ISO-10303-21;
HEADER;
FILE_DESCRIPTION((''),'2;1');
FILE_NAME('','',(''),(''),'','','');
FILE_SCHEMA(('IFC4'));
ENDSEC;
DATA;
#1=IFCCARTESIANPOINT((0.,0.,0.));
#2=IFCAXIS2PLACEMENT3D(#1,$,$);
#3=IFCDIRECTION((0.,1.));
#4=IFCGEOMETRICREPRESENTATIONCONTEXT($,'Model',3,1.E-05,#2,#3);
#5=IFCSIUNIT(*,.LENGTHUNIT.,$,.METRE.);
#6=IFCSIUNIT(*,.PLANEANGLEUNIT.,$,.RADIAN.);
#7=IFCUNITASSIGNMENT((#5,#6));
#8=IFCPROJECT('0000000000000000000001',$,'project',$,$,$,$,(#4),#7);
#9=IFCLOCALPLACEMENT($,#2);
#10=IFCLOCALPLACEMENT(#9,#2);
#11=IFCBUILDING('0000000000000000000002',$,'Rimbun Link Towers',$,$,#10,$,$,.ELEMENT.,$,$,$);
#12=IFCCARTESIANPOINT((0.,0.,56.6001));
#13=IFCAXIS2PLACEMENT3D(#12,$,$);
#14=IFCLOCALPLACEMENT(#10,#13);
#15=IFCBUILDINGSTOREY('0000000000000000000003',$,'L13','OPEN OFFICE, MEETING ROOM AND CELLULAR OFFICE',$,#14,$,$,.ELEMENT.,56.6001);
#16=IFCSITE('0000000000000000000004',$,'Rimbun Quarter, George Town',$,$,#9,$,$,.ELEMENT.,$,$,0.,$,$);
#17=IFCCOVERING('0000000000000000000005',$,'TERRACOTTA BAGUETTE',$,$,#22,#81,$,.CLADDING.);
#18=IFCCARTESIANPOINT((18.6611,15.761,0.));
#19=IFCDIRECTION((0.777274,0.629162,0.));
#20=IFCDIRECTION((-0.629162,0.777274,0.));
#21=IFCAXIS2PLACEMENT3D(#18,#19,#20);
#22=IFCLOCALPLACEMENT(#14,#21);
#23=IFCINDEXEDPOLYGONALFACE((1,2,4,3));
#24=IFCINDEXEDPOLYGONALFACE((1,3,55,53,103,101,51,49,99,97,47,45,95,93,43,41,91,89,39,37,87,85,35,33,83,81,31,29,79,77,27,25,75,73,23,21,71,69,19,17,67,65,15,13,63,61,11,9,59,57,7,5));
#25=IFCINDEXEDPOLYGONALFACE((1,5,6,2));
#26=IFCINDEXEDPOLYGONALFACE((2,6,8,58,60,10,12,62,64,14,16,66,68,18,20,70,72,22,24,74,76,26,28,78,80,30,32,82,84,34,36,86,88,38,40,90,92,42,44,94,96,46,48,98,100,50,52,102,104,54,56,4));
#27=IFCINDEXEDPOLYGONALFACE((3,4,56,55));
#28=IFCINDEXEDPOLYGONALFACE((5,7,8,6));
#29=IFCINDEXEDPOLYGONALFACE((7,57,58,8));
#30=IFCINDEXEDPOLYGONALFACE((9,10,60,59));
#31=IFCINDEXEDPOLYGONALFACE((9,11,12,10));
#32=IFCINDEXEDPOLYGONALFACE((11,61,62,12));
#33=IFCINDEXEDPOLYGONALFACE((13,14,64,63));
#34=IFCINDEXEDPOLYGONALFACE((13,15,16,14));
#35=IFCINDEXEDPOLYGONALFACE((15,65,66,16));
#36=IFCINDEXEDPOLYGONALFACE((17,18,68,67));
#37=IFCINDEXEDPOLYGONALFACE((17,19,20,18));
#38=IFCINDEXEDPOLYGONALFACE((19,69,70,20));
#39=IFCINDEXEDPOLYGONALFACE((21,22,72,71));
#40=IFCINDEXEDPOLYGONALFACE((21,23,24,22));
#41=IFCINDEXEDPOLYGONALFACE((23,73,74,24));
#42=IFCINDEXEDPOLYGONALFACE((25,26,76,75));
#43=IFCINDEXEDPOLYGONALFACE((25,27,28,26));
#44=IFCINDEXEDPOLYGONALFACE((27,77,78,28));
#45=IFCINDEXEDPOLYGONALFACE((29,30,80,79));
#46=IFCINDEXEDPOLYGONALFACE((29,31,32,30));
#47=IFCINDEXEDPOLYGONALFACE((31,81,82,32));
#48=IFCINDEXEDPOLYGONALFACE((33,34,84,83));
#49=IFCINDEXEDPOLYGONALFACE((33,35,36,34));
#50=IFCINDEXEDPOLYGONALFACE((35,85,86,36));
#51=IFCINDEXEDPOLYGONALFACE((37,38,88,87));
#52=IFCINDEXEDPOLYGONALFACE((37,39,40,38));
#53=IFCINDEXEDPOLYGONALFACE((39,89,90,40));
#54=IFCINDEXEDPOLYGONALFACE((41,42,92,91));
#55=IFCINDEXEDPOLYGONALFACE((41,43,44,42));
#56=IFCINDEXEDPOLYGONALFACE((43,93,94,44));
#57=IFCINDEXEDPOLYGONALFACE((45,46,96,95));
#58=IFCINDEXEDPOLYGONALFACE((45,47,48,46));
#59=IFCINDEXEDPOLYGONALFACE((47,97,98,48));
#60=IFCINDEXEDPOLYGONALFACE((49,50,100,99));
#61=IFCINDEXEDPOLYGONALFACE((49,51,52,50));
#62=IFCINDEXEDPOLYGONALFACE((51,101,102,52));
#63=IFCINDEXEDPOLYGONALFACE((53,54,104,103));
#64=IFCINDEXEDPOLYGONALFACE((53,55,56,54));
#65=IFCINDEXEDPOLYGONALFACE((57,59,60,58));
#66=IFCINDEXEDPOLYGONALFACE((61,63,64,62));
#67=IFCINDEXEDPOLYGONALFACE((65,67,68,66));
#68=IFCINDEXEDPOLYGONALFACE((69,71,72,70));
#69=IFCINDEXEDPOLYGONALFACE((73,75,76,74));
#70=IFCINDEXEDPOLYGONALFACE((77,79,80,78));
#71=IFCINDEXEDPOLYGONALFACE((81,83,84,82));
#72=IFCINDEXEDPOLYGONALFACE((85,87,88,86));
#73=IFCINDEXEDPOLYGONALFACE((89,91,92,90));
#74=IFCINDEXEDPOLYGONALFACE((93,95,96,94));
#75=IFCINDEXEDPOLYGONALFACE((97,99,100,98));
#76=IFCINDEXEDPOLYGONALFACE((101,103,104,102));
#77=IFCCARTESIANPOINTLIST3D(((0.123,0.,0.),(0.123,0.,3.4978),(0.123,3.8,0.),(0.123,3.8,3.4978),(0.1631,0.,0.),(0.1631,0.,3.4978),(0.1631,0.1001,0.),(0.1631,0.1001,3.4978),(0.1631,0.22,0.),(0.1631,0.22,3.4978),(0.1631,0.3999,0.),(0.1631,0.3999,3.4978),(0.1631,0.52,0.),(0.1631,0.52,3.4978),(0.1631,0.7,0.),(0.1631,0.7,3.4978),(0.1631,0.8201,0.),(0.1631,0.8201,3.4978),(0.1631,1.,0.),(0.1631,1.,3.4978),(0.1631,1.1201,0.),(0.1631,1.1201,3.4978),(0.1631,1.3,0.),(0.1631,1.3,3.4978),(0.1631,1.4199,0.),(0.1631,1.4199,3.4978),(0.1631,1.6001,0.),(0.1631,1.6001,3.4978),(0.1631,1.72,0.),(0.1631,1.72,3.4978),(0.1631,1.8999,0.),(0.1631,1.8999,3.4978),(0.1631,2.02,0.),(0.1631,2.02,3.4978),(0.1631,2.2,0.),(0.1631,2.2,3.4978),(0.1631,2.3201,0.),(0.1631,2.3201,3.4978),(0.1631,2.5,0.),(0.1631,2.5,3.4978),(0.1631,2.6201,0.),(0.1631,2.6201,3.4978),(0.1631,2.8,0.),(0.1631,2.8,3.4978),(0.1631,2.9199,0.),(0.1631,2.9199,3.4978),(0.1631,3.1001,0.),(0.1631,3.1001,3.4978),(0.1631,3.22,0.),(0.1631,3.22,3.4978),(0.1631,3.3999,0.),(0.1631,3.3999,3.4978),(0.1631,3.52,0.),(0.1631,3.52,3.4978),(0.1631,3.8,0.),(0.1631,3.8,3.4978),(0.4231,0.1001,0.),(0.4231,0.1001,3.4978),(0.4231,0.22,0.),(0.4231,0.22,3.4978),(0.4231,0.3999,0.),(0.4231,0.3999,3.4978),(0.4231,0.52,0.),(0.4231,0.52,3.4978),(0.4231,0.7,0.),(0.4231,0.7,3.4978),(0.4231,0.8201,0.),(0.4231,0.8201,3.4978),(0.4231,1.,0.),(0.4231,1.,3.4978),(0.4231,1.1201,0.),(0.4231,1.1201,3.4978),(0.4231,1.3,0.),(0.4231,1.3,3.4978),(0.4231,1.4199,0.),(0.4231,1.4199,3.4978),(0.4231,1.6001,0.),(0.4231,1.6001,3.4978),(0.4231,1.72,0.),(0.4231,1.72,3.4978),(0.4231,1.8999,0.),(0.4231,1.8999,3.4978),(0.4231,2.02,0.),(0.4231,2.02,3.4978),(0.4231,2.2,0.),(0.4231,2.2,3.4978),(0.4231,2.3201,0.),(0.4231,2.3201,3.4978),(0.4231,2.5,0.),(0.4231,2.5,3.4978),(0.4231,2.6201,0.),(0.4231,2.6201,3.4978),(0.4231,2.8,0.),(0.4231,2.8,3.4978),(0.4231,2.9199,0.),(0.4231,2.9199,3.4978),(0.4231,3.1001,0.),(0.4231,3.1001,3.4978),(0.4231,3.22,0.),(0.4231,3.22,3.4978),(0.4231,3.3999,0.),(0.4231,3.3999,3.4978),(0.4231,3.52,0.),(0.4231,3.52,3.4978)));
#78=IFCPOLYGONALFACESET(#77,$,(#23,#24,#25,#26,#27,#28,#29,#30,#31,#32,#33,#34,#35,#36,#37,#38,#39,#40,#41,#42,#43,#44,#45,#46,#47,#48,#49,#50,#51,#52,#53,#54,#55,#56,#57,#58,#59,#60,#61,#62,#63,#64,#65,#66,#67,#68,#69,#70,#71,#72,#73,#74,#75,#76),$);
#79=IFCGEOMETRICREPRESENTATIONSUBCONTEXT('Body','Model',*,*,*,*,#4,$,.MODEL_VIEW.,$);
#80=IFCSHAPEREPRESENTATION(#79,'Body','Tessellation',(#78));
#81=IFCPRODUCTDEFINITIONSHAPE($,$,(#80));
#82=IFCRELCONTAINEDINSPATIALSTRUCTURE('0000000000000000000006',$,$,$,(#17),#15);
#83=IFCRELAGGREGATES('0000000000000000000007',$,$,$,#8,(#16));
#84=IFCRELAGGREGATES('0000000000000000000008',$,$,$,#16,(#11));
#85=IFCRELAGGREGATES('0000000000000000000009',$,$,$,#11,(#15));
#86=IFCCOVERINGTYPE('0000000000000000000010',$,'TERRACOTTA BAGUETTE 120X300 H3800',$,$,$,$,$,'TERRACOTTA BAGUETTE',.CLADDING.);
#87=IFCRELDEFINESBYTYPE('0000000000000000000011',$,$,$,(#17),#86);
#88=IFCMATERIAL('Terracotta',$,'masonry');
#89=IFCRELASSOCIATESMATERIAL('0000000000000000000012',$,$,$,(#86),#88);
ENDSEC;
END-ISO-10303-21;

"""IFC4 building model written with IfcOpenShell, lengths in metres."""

from ifc_helpers import new_model, si_unit, direction, frame, origin, place, context, subcontext, project, spatial, polyline, outline, extrude, material, material_profile, profile_set, type_object, element, save


model = new_model("IFC4")

# Units and contexts
model_context = context("Model", 3, precision=1e-05, world=origin(), true_north=direction((0.0, 1.0)))
body_context = subcontext(model_context, "Body", "Model", "MODEL_VIEW")
ifc_project = project(units=[si_unit("LENGTHUNIT", "METRE"), si_unit("PLANEANGLEUNIT", "RADIAN")], contexts=[model_context])

# Site, building, storey
site_placement = place(None, origin())
site = spatial("IfcSite", under=ifc_project, at=site_placement, Name="Rimbun Quarter, George Town", CompositionType="ELEMENT", RefElevation=0.0)
building_placement = place(site_placement, origin())
building = spatial("IfcBuilding", under=site, at=building_placement, Name="Rimbun Link Towers", CompositionType="ELEMENT")
storey_placement = place(building_placement, frame((0.0, 0.0, 56.6001)))
storey = spatial("IfcBuildingStorey", under=building, at=storey_placement, Name="L13", Description="OPEN OFFICE, MEETING ROOM AND CELLULAR OFFICE", CompositionType="ELEMENT", Elevation=56.6001)

# Covering
ifc_material_1 = material(Name="Terracotta", Category="masonry")
ifc_material_profile_1 = material_profile(ifc_material_1, outline(polyline([(0.123, 0.0), (0.1631, 0.0), (0.1631, 0.1001), (0.4231, 0.1001), (0.4231, 0.22), (0.1631, 0.22), (0.1631, 0.3999), (0.4231, 0.3999), (0.4231, 0.52), (0.1631, 0.52), (0.1631, 0.7), (0.4231, 0.7), (0.4231, 0.8201), (0.1631, 0.8201), (0.1631, 1.0), (0.4231, 1.0), (0.4231, 1.1201), (0.1631, 1.1201), (0.1631, 1.3), (0.4231, 1.3), (0.4231, 1.4199), (0.1631, 1.4199), (0.1631, 1.6001), (0.4231, 1.6001), (0.4231, 1.72), (0.1631, 1.72), (0.1631, 1.8999), (0.4231, 1.8999), (0.4231, 2.02), (0.1631, 2.02), (0.1631, 2.2), (0.4231, 2.2), (0.4231, 2.3201), (0.1631, 2.3201), (0.1631, 2.5), (0.4231, 2.5), (0.4231, 2.6201), (0.1631, 2.6201), (0.1631, 2.8), (0.4231, 2.8), (0.4231, 2.9199), (0.1631, 2.9199), (0.1631, 3.1001), (0.4231, 3.1001), (0.4231, 3.22), (0.1631, 3.22), (0.1631, 3.3999), (0.4231, 3.3999), (0.4231, 3.52), (0.1631, 3.52), (0.1631, 3.8), (0.123, 3.8), (0.123, 0.0)])), Name="BAGUETTE 120X300")
ifc_profile_set_1 = profile_set([ifc_material_profile_1], Name="Terracotta")
covering_type = type_object("IfcCoveringType", Name="TERRACOTTA BAGUETTE 120X300 H3800", ElementType="TERRACOTTA BAGUETTE", PredefinedType="CLADDING", material=ifc_profile_set_1)
covering_1_placement = place(storey_placement, frame((18.6611, 15.761, 0.0), z_axis=(0.777274, 0.629162, 0.0), x_axis=(-0.629162, 0.777274, 0.0)))
element("IfcCovering", 1, at=covering_1_placement, inside=storey, type_object=covering_type, Name="TERRACOTTA BAGUETTE", PredefinedType="CLADDING", context=body_context, shape_type="SweptSolid", body=[
    extrude(outline(polyline([(0.123, 0.0), (0.1631, 0.0), (0.1631, 0.1001), (0.4231, 0.1001), (0.4231, 0.22), (0.1631, 0.22), (0.1631, 0.3999), (0.4231, 0.3999), (0.4231, 0.52), (0.1631, 0.52), (0.1631, 0.7), (0.4231, 0.7), (0.4231, 0.8201), (0.1631, 0.8201), (0.1631, 1.0), (0.4231, 1.0), (0.4231, 1.1201), (0.1631, 1.1201), (0.1631, 1.3), (0.4231, 1.3), (0.4231, 1.4199), (0.1631, 1.4199), (0.1631, 1.6001), (0.4231, 1.6001), (0.4231, 1.72), (0.1631, 1.72), (0.1631, 1.8999), (0.4231, 1.8999), (0.4231, 2.02), (0.1631, 2.02), (0.1631, 2.2), (0.4231, 2.2), (0.4231, 2.3201), (0.1631, 2.3201), (0.1631, 2.5), (0.4231, 2.5), (0.4231, 2.6201), (0.1631, 2.6201), (0.1631, 2.8), (0.4231, 2.8), (0.4231, 2.9199), (0.1631, 2.9199), (0.1631, 3.1001), (0.4231, 3.1001), (0.4231, 3.22), (0.1631, 3.22), (0.1631, 3.3999), (0.4231, 3.3999), (0.4231, 3.52), (0.1631, 3.52), (0.1631, 3.8), (0.123, 3.8), (0.123, 0.0)])), origin(), (0.0, 0.0, 1.0), 3.4978),
])

save(model, "model.ifc")
